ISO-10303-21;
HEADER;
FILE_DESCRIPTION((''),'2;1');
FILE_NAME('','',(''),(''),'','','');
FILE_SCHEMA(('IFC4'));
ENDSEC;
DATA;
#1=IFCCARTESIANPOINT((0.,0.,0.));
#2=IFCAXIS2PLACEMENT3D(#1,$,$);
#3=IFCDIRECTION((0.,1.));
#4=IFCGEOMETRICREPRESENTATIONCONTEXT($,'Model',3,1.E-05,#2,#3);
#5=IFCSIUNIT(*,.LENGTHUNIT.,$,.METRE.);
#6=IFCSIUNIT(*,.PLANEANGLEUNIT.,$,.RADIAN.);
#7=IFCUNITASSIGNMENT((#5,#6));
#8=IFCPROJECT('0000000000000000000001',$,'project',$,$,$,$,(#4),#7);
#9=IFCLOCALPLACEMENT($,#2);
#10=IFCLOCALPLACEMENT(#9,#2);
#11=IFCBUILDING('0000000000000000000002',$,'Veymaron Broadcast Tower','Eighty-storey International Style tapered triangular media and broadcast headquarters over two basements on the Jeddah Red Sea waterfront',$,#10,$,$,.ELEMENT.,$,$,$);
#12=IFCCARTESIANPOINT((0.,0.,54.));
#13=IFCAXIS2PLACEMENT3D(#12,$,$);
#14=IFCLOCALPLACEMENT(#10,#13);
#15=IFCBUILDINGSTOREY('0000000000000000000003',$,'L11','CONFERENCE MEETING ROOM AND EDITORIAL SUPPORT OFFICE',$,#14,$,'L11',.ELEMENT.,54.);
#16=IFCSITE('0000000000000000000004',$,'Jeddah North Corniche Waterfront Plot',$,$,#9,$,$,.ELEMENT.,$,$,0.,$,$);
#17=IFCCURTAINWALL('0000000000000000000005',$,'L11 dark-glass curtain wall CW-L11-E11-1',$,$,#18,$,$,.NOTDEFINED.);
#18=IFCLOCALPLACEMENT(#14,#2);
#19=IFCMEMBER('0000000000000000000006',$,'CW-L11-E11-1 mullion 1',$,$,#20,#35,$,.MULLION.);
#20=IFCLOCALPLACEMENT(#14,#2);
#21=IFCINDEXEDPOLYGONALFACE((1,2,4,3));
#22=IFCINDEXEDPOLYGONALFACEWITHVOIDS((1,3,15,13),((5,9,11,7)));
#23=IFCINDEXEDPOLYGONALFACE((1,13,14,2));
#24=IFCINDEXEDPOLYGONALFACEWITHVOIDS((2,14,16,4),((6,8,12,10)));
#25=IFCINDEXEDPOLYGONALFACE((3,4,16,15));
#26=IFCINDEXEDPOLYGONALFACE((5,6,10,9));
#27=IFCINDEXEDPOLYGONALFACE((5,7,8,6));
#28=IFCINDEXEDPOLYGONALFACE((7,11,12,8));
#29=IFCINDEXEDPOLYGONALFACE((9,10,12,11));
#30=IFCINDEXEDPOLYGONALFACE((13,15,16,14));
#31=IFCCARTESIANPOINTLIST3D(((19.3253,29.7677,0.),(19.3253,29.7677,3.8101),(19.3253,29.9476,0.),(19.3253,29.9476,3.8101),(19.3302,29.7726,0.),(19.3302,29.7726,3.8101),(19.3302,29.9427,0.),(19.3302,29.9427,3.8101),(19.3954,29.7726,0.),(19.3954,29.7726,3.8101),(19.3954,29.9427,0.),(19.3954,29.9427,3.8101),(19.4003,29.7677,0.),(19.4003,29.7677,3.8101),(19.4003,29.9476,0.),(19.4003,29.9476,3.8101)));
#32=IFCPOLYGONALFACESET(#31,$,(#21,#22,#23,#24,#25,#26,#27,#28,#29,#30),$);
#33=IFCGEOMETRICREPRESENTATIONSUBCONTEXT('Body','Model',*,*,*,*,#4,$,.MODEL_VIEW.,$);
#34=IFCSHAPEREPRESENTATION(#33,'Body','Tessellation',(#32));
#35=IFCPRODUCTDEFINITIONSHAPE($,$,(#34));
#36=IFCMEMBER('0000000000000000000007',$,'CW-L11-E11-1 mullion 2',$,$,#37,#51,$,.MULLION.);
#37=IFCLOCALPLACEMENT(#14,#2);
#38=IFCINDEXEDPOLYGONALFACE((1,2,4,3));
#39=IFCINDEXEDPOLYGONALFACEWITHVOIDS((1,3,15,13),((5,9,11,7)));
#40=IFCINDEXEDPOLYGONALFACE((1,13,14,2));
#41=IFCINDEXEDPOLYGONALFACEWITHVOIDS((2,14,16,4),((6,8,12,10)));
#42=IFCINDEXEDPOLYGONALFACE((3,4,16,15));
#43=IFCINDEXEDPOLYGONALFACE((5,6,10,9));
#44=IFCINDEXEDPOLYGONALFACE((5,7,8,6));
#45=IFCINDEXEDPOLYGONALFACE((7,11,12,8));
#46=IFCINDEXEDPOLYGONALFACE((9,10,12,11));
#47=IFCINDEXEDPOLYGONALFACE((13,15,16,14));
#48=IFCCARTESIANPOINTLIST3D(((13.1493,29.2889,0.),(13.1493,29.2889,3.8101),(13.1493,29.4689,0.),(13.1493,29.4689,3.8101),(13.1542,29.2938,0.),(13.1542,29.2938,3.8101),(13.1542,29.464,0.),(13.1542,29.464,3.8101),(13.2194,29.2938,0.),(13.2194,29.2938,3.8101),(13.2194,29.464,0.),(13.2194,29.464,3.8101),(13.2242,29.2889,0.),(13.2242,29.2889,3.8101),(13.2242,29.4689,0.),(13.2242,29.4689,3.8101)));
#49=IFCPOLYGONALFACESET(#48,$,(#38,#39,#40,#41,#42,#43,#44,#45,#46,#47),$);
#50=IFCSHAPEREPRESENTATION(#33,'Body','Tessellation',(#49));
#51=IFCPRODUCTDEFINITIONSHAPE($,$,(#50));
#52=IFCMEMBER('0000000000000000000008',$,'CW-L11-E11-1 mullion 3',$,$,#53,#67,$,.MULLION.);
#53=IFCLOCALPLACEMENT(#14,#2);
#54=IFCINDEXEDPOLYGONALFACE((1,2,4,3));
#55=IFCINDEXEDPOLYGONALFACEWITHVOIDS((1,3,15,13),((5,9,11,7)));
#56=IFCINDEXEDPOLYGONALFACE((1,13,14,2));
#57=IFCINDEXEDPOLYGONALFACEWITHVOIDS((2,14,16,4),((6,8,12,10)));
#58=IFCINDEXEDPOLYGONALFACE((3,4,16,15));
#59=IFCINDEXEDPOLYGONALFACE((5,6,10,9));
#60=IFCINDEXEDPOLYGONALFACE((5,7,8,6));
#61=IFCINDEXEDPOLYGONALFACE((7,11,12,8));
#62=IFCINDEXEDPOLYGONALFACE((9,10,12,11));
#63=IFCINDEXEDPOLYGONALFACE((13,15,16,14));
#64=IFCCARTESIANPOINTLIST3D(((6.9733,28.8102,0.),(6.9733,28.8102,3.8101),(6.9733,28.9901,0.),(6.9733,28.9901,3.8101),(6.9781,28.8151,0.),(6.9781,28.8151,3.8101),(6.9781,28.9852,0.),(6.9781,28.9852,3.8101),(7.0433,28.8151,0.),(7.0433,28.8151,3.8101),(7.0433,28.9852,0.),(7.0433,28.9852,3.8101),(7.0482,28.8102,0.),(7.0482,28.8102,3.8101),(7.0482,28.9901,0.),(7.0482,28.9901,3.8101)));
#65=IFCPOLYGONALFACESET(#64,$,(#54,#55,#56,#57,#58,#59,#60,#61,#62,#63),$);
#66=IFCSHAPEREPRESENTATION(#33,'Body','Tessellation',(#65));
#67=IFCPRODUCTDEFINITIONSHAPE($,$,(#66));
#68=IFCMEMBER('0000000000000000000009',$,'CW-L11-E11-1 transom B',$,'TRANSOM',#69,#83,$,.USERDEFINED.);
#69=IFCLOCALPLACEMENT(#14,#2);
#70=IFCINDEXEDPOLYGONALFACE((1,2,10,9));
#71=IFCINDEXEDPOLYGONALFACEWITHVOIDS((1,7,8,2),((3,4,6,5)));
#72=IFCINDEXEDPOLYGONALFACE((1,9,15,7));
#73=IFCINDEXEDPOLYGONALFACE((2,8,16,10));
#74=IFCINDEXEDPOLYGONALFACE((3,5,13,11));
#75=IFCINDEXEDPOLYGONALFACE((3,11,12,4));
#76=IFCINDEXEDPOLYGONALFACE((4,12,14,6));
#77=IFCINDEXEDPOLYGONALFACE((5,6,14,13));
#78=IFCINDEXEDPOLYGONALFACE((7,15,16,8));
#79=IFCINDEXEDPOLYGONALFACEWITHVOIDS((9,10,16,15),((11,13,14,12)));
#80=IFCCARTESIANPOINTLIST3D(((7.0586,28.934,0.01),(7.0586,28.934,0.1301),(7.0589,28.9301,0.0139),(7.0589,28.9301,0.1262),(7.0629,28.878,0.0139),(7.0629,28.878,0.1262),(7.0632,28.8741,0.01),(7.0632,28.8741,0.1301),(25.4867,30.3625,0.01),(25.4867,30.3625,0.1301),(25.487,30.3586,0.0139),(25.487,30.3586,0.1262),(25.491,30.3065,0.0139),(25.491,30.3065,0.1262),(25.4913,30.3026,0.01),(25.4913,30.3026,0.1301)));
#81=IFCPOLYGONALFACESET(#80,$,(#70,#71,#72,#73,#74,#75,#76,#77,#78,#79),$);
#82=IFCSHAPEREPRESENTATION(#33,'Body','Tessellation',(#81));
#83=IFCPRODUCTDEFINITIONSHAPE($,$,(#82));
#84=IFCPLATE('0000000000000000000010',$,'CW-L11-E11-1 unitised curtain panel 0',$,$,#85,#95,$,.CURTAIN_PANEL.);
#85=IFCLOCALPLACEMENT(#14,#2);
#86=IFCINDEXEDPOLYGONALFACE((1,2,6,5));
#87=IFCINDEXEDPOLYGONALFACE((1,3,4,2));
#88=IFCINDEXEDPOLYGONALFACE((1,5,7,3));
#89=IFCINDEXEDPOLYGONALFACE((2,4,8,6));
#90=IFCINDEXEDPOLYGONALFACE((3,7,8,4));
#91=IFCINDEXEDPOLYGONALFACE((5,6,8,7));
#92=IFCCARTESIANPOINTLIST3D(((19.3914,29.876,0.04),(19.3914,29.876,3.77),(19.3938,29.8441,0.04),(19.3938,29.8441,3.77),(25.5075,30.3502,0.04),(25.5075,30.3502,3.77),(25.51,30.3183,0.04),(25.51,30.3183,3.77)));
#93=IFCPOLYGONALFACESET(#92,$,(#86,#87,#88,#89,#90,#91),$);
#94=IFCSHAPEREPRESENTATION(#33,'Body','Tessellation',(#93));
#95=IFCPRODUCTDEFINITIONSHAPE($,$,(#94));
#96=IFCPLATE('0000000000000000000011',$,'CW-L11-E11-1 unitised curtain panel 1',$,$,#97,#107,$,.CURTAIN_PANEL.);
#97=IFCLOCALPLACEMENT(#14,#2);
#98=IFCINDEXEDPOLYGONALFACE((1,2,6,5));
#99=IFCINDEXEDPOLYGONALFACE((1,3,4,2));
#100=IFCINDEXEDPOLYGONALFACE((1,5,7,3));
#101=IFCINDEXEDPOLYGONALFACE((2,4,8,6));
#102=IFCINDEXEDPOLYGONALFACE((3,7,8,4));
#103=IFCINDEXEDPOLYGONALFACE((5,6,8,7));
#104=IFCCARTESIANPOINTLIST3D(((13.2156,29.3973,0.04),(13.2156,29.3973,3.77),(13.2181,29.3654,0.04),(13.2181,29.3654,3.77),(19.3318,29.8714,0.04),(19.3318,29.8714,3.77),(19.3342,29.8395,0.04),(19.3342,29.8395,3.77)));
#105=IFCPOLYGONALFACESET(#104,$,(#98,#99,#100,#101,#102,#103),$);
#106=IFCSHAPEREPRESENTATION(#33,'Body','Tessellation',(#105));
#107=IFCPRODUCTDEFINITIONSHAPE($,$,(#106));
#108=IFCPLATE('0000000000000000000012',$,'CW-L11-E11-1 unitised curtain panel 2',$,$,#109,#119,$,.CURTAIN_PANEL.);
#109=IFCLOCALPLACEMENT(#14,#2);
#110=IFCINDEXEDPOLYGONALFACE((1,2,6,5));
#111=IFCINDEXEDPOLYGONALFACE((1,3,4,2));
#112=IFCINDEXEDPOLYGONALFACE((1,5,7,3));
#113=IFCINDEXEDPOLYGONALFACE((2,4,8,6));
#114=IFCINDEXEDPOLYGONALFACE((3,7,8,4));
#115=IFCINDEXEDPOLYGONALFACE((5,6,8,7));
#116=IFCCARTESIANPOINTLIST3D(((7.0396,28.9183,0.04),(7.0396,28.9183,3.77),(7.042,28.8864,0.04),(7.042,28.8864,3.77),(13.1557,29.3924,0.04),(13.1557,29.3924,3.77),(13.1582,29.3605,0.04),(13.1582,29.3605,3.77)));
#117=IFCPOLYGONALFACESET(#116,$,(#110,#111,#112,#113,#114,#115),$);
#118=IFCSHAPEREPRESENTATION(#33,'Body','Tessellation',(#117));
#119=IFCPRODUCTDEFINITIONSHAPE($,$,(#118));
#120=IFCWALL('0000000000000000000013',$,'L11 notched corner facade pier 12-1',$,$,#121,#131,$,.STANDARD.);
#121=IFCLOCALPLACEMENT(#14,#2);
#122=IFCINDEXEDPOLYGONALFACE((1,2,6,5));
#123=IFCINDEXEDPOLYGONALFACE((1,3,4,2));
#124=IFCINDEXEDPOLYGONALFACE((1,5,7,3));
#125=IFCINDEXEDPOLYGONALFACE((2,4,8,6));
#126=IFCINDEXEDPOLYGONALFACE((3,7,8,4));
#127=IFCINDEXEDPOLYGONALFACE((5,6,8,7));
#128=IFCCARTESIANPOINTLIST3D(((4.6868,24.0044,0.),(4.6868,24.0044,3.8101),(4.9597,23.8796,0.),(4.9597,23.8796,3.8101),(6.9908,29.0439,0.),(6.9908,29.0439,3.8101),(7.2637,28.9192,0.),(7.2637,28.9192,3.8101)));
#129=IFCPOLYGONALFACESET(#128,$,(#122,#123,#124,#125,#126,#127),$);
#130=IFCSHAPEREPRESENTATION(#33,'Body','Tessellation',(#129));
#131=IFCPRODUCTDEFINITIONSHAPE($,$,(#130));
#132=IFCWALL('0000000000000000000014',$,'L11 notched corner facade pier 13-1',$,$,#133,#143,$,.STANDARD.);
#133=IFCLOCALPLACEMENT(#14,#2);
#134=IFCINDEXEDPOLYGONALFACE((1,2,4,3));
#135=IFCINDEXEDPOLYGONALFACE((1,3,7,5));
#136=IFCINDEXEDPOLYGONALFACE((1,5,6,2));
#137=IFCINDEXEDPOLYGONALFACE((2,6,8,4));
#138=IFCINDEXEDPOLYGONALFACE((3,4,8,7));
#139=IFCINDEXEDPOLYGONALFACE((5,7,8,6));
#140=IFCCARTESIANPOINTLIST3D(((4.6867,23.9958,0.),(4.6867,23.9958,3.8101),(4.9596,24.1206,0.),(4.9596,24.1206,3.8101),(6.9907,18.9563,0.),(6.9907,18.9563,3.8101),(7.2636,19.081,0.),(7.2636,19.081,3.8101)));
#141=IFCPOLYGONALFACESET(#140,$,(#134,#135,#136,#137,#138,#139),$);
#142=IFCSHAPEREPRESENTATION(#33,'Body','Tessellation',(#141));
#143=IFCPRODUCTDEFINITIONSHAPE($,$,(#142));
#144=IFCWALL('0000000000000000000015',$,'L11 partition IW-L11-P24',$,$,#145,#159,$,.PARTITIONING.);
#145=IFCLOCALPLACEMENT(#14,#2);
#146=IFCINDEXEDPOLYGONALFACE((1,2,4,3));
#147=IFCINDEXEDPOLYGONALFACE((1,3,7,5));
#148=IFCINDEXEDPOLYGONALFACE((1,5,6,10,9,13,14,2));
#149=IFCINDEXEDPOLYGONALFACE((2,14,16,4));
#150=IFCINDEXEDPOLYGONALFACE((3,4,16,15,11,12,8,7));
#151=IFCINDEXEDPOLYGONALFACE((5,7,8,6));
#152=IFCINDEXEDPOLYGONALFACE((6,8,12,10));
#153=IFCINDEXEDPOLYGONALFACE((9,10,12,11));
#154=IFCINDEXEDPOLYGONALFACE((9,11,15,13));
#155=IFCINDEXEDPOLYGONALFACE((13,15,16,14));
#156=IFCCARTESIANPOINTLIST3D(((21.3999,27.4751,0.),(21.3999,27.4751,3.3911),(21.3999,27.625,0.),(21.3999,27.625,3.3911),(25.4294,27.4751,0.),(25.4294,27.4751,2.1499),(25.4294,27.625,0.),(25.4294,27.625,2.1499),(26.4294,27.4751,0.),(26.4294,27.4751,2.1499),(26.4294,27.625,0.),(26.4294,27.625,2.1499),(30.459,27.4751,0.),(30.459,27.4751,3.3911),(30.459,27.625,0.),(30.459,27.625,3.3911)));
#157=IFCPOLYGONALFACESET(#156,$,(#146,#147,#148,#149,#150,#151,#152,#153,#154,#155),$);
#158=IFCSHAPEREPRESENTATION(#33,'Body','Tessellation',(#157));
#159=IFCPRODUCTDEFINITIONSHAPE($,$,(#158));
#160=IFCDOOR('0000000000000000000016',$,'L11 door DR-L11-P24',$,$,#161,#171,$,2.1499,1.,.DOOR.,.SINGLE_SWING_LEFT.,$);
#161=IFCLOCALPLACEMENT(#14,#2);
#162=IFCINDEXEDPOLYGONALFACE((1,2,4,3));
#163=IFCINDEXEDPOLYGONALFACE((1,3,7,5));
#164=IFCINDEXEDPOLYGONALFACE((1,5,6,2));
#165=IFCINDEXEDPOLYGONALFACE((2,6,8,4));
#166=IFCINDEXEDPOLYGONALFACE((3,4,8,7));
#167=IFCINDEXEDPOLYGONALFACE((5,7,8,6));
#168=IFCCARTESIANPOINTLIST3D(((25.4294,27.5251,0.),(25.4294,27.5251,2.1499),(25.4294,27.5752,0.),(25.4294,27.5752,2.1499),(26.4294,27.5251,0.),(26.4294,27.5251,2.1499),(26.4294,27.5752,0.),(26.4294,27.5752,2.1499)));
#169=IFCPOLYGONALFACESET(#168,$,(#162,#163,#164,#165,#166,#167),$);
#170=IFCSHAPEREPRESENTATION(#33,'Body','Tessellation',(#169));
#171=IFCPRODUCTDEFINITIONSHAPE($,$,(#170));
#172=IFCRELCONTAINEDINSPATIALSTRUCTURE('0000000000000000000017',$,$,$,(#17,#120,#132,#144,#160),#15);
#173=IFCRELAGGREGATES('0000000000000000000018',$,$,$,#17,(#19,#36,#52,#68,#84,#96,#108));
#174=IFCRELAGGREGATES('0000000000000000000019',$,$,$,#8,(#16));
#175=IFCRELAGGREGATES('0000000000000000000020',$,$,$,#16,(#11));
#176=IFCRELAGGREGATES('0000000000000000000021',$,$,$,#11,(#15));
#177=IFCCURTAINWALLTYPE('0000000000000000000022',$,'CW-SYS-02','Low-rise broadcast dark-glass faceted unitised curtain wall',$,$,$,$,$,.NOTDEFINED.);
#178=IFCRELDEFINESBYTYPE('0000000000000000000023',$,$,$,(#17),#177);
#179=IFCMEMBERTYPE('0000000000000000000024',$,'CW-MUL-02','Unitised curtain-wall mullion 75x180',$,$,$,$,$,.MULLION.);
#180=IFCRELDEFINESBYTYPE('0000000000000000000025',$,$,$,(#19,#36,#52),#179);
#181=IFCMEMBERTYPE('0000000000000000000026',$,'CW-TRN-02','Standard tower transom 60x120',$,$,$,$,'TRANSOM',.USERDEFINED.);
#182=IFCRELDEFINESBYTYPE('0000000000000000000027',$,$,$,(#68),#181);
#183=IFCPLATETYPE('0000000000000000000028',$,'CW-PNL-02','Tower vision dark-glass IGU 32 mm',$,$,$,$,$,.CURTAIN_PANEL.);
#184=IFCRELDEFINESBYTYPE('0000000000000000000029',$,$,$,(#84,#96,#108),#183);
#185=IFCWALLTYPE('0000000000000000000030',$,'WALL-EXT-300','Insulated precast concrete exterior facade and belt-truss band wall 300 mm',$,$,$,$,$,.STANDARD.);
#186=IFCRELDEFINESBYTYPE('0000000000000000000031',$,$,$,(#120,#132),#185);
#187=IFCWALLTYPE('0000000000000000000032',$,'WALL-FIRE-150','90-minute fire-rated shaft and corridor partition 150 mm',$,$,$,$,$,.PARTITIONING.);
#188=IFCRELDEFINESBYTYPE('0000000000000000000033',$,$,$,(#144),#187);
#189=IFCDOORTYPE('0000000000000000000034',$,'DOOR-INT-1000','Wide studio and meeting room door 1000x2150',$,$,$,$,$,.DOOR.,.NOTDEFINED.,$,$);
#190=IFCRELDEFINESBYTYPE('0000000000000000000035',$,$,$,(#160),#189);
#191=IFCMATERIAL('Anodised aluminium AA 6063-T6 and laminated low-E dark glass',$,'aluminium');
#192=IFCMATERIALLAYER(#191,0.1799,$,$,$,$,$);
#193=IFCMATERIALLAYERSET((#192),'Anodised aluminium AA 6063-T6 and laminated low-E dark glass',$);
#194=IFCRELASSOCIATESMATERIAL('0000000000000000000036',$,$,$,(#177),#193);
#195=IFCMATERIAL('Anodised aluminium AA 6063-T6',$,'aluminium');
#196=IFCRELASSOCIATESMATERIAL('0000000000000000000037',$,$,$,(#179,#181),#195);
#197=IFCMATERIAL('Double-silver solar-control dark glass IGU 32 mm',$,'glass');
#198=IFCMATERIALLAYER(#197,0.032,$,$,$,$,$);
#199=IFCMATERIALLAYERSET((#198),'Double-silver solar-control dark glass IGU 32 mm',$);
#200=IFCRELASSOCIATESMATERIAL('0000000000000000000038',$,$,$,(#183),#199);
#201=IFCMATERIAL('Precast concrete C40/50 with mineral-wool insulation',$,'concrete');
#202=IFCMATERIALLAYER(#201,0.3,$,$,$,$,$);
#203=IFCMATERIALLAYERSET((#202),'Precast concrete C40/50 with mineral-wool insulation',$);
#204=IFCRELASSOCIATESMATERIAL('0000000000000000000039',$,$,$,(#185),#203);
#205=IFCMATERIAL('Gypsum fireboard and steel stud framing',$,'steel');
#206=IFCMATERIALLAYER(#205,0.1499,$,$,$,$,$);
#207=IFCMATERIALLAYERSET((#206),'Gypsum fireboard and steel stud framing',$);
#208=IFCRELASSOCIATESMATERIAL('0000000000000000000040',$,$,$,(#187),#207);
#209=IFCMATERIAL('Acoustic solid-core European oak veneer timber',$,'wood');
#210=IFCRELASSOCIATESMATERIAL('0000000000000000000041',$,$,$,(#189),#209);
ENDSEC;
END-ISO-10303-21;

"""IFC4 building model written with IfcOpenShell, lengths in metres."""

from ifc_helpers import new_model, si_unit, direction, frame, frame_2d, origin, origin_2d, place, context, subcontext, project, spatial, rectangle, hollow_rectangle, extrude, material, layer, layer_set, material_profile, profile_set, type_object, element, fill, aggregate, save


model = new_model("IFC4")

# Units and contexts
model_context = context("Model", 3, precision=1e-05, world=origin(), true_north=direction((0.0, 1.0)))
body_context = subcontext(model_context, "Body", "Model", "MODEL_VIEW")
ifc_project = project(units=[si_unit("LENGTHUNIT", "METRE"), si_unit("PLANEANGLEUNIT", "RADIAN")], contexts=[model_context])

# Site, building, storey
site_placement = place(None, origin())
site = spatial("IfcSite", under=ifc_project, at=site_placement, Name="Jeddah North Corniche Waterfront Plot", CompositionType="ELEMENT", RefElevation=0.0)
building_placement = place(site_placement, origin())
building = spatial("IfcBuilding", under=site, at=building_placement, Name="Veymaron Broadcast Tower", Description="Eighty-storey International Style tapered triangular media and broadcast headquarters over two basements on the Jeddah Red Sea waterfront", CompositionType="ELEMENT")
storey_placement = place(building_placement, frame((0.0, 0.0, 54.0)))
storey = spatial("IfcBuildingStorey", under=building, at=storey_placement, Name="L11", Description="CONFERENCE MEETING ROOM AND EDITORIAL SUPPORT OFFICE", LongName="L11", CompositionType="ELEMENT", Elevation=54.0)

# Curtain wall, members, plates
ifc_material_1 = material(Name="Anodised aluminium AA 6063-T6 and laminated low-E dark glass", Category="aluminium")
ifc_layer_1 = layer(ifc_material_1, 0.1799)
ifc_layer_set_1 = layer_set([ifc_layer_1], Name="Anodised aluminium AA 6063-T6 and laminated low-E dark glass")
curtain_wall_type = type_object("IfcCurtainWallType", Name="CW-SYS-02", Description="Low-rise broadcast dark-glass faceted unitised curtain wall", PredefinedType="NOTDEFINED", material=ifc_layer_set_1)
curtain_wall_placement = place(storey_placement, origin())
curtain_wall = element("IfcCurtainWall", 1, at=curtain_wall_placement, inside=storey, type_object=curtain_wall_type, Name="L11 dark-glass curtain wall CW-L11-E11-1", PredefinedType="NOTDEFINED")
ifc_material_2 = material(Name="Anodised aluminium AA 6063-T6", Category="aluminium")
ifc_material_profile_1 = material_profile(ifc_material_2, hollow_rectangle(XDim=0.075, YDim=0.1799, WallThickness=0.0049, at=origin_2d()), Name="AL180X75X5")
ifc_profile_set_1 = profile_set([ifc_material_profile_1], Name="Anodised aluminium AA 6063-T6")
member_type_1 = type_object("IfcMemberType", Name="CW-MUL-02", Description="Unitised curtain-wall mullion 75x180", PredefinedType="MULLION", material=ifc_profile_set_1)
member_1_placement = place(storey_placement, frame((19.3628, 29.8577, 0.0), z_axis=(0.0, 0.0, 1.0), x_axis=(1.0, 0.0, 0.0)))
member_1 = element("IfcMember", 2, at=member_1_placement, type_object=member_type_1, Name="CW-L11-E11-1 mullion 1", PredefinedType="MULLION", context=body_context, shape_type="SweptSolid", body=[
    extrude(hollow_rectangle(XDim=0.075, YDim=0.1799, WallThickness=0.0049, at=origin_2d()), origin(), (0.0, 0.0, 1.0), 3.8101),
])
member_2_placement = place(storey_placement, frame((13.1868, 29.3789, 0.0), z_axis=(0.0, 0.0, 1.0), x_axis=(1.0, 0.0, 0.0)))
member_2 = element("IfcMember", 3, at=member_2_placement, type_object=member_type_1, Name="CW-L11-E11-1 mullion 2", PredefinedType="MULLION", context=body_context, shape_type="SweptSolid", body=[
    extrude(hollow_rectangle(XDim=0.075, YDim=0.1799, WallThickness=0.0049, at=origin_2d()), origin(), (0.0, 0.0, 1.0), 3.8101),
])
member_3_placement = place(storey_placement, frame((7.0107, 28.9001, 0.0), z_axis=(0.0, 0.0, 1.0), x_axis=(1.0, 0.0, 0.0)))
member_3 = element("IfcMember", 4, at=member_3_placement, type_object=member_type_1, Name="CW-L11-E11-1 mullion 3", PredefinedType="MULLION", context=body_context, shape_type="SweptSolid", body=[
    extrude(hollow_rectangle(XDim=0.075, YDim=0.1799, WallThickness=0.0049, at=origin_2d()), origin(), (0.0, 0.0, 1.0), 3.8101),
])
ifc_material_profile_2 = material_profile(ifc_material_2, hollow_rectangle(XDim=0.0601, YDim=0.1201, WallThickness=0.0039, at=origin_2d()), Name="AL120X60X4")
ifc_profile_set_2 = profile_set([ifc_material_profile_2], Name="Anodised aluminium AA 6063-T6")
member_type_2 = type_object("IfcMemberType", Name="CW-TRN-02", Description="Standard tower transom 60x120", ElementType="TRANSOM", PredefinedType="USERDEFINED", material=ifc_profile_set_2)
member_4_placement = place(storey_placement, frame((25.489, 30.3325, 0.0701), z_axis=(-0.997009, -0.077283, 0.0), x_axis=(0.077283, -0.997009, 0.0)))
member_4 = element("IfcMember", 5, at=member_4_placement, type_object=member_type_2, Name="CW-L11-E11-1 transom B", ObjectType="TRANSOM", PredefinedType="USERDEFINED", context=body_context, shape_type="SweptSolid", body=[
    extrude(hollow_rectangle(XDim=0.0601, YDim=0.1201, WallThickness=0.0039, at=origin_2d()), origin(), (0.0, 0.0, 1.0), 18.4834),
])
ifc_material_3 = material(Name="Double-silver solar-control dark glass IGU 32 mm", Category="glass")
ifc_layer_2 = layer(ifc_material_3, 0.032)
ifc_layer_set_2 = layer_set([ifc_layer_2], Name="Double-silver solar-control dark glass IGU 32 mm")
plate_type = type_object("IfcPlateType", Name="CW-PNL-02", Description="Tower vision dark-glass IGU 32 mm", PredefinedType="CURTAIN_PANEL", material=ifc_layer_set_2)
plate_1_placement = place(storey_placement, frame((22.4507, 30.0972, 0.04), z_axis=(0.0, 0.0, 1.0), x_axis=(-0.997008, -0.077293, 0.0)))
plate_1 = element("IfcPlate", 6, at=plate_1_placement, type_object=plate_type, Name="CW-L11-E11-1 unitised curtain panel 0", PredefinedType="CURTAIN_PANEL", context=body_context, shape_type="SweptSolid", body=[
    extrude(rectangle(XDim=6.1345, YDim=0.032, at=origin_2d()), origin(), (0.0, 0.0, 1.0), 3.73),
])
plate_2_placement = place(storey_placement, frame((16.2749, 29.6184, 0.04), z_axis=(0.0, 0.0, 1.0), x_axis=(-0.997008, -0.077293, 0.0)))
plate_2 = element("IfcPlate", 7, at=plate_2_placement, type_object=plate_type, Name="CW-L11-E11-1 unitised curtain panel 1", PredefinedType="CURTAIN_PANEL", context=body_context, shape_type="SweptSolid", body=[
    extrude(rectangle(XDim=6.1345, YDim=0.032, at=origin_2d()), origin(), (0.0, 0.0, 1.0), 3.73),
])
plate_3_placement = place(storey_placement, frame((10.0989, 29.1394, 0.04), z_axis=(0.0, 0.0, 1.0), x_axis=(-0.997008, -0.077293, 0.0)))
plate_3 = element("IfcPlate", 8, at=plate_3_placement, type_object=plate_type, Name="CW-L11-E11-1 unitised curtain panel 2", PredefinedType="CURTAIN_PANEL", context=body_context, shape_type="SweptSolid", body=[
    extrude(rectangle(XDim=6.1345, YDim=0.032, at=origin_2d()), origin(), (0.0, 0.0, 1.0), 3.73),
])
aggregate(curtain_wall, [member_1, member_2, member_3, member_4, plate_1, plate_2, plate_3])

# Walls
ifc_material_4 = material(Name="Precast concrete C40/50 with mineral-wool insulation", Category="concrete")
ifc_layer_3 = layer(ifc_material_4, 0.3)
ifc_layer_set_3 = layer_set([ifc_layer_3], Name="Precast concrete C40/50 with mineral-wool insulation")
wall_type_1 = type_object("IfcWallType", Name="WALL-EXT-300", Description="Insulated precast concrete exterior facade and belt-truss band wall 300 mm", PredefinedType="STANDARD", material=ifc_layer_set_3)
for number, where, z_axis, x_axis, name in (
    (9, (7.1272, 28.9814, 0.0), (0.0, 0.0, 1.0), (-0.415784, -0.909464, 0.0), "L11 notched corner facade pier 12-1"),
    (10, (4.8232, 24.0581, 0.0), (0.0, 0.0, 1.0), (0.415784, -0.909464, 0.0), "L11 notched corner facade pier 13-1"),
):
    element("IfcWall", number, at=place(storey_placement, frame(where, z_axis=z_axis, x_axis=x_axis)), inside=storey, type_object=wall_type_1, Name=name, PredefinedType="STANDARD", context=body_context, shape_type="SweptSolid", body=[
        extrude(rectangle(XDim=5.5413, YDim=0.3, at=frame_2d((2.7705, 0.0))), origin(), (0.0, 0.0, 1.0), 3.8101),
    ])

# Wall, opening, door
ifc_material_5 = material(Name="Gypsum fireboard and steel stud framing", Category="steel")
ifc_layer_4 = layer(ifc_material_5, 0.1499)
ifc_layer_set_4 = layer_set([ifc_layer_4], Name="Gypsum fireboard and steel stud framing")
wall_type_2 = type_object("IfcWallType", Name="WALL-FIRE-150", Description="90-minute fire-rated shaft and corridor partition 150 mm", PredefinedType="PARTITIONING", material=ifc_layer_set_4)
ifc_material_6 = material(Name="Acoustic solid-core European oak veneer timber", Category="wood")
door_type_1 = type_object("IfcDoorType", Name="DOOR-INT-1000", Description="Wide studio and meeting room door 1000x2150", OperationType="NOTDEFINED", PredefinedType="DOOR", material=ifc_material_6)
wall_1_placement = place(storey_placement, frame((21.3999, 27.55, 0.0), z_axis=(0.0, 0.0, 1.0), x_axis=(1.0, 0.0, 0.0)))
wall_1 = element("IfcWall", 11, at=wall_1_placement, inside=storey, type_object=wall_type_2, Name="L11 partition IW-L11-P24", PredefinedType="PARTITIONING", context=body_context, shape_type="SweptSolid", body=[
    extrude(rectangle(XDim=9.0591, YDim=0.1499, at=frame_2d((4.5295, 0.0))), origin(), (0.0, 0.0, 1.0), 3.3911),
])
opening_1_placement = place(wall_1_placement, frame((4.0295, 0.0, 0.0)))
opening_1 = element("IfcOpeningElement", 12, at=opening_1_placement, cuts=wall_1, PredefinedType="OPENING", context=body_context, shape_type="SweptSolid", body=[
    extrude(rectangle(XDim=1.0, YDim=2.1499, at=frame_2d((0.5, 1.075))), frame((0.0, 0.085, 0.0), z_axis=(0.0, -1.0, 0.0), x_axis=(1.0, 0.0, 0.0)), (0.0, 0.0, 1.0), 0.1699),
])
door_1_placement = place(opening_1_placement, frame((1.0, 0.0, 0.0), z_axis=(0.0, 0.0, 1.0), x_axis=(-1.0, 0.0, 0.0)))
door_1 = element("IfcDoor", 13, at=door_1_placement, inside=storey, type_object=door_type_1, Name="L11 door DR-L11-P24", OperationType="SINGLE_SWING_LEFT", OverallHeight=2.1499, OverallWidth=1.0, PredefinedType="DOOR", context=body_context, shape_type="SweptSolid", body=[
    extrude(rectangle(XDim=1.0, YDim=2.1499, at=frame_2d((0.5, 1.075))), frame((0.0, 0.0249, 0.0), z_axis=(0.0, -1.0, 0.0), x_axis=(1.0, 0.0, 0.0)), (0.0, 0.0, 1.0), 0.05),
])
fill(opening_1, door_1)

save(model, "model.ifc")
